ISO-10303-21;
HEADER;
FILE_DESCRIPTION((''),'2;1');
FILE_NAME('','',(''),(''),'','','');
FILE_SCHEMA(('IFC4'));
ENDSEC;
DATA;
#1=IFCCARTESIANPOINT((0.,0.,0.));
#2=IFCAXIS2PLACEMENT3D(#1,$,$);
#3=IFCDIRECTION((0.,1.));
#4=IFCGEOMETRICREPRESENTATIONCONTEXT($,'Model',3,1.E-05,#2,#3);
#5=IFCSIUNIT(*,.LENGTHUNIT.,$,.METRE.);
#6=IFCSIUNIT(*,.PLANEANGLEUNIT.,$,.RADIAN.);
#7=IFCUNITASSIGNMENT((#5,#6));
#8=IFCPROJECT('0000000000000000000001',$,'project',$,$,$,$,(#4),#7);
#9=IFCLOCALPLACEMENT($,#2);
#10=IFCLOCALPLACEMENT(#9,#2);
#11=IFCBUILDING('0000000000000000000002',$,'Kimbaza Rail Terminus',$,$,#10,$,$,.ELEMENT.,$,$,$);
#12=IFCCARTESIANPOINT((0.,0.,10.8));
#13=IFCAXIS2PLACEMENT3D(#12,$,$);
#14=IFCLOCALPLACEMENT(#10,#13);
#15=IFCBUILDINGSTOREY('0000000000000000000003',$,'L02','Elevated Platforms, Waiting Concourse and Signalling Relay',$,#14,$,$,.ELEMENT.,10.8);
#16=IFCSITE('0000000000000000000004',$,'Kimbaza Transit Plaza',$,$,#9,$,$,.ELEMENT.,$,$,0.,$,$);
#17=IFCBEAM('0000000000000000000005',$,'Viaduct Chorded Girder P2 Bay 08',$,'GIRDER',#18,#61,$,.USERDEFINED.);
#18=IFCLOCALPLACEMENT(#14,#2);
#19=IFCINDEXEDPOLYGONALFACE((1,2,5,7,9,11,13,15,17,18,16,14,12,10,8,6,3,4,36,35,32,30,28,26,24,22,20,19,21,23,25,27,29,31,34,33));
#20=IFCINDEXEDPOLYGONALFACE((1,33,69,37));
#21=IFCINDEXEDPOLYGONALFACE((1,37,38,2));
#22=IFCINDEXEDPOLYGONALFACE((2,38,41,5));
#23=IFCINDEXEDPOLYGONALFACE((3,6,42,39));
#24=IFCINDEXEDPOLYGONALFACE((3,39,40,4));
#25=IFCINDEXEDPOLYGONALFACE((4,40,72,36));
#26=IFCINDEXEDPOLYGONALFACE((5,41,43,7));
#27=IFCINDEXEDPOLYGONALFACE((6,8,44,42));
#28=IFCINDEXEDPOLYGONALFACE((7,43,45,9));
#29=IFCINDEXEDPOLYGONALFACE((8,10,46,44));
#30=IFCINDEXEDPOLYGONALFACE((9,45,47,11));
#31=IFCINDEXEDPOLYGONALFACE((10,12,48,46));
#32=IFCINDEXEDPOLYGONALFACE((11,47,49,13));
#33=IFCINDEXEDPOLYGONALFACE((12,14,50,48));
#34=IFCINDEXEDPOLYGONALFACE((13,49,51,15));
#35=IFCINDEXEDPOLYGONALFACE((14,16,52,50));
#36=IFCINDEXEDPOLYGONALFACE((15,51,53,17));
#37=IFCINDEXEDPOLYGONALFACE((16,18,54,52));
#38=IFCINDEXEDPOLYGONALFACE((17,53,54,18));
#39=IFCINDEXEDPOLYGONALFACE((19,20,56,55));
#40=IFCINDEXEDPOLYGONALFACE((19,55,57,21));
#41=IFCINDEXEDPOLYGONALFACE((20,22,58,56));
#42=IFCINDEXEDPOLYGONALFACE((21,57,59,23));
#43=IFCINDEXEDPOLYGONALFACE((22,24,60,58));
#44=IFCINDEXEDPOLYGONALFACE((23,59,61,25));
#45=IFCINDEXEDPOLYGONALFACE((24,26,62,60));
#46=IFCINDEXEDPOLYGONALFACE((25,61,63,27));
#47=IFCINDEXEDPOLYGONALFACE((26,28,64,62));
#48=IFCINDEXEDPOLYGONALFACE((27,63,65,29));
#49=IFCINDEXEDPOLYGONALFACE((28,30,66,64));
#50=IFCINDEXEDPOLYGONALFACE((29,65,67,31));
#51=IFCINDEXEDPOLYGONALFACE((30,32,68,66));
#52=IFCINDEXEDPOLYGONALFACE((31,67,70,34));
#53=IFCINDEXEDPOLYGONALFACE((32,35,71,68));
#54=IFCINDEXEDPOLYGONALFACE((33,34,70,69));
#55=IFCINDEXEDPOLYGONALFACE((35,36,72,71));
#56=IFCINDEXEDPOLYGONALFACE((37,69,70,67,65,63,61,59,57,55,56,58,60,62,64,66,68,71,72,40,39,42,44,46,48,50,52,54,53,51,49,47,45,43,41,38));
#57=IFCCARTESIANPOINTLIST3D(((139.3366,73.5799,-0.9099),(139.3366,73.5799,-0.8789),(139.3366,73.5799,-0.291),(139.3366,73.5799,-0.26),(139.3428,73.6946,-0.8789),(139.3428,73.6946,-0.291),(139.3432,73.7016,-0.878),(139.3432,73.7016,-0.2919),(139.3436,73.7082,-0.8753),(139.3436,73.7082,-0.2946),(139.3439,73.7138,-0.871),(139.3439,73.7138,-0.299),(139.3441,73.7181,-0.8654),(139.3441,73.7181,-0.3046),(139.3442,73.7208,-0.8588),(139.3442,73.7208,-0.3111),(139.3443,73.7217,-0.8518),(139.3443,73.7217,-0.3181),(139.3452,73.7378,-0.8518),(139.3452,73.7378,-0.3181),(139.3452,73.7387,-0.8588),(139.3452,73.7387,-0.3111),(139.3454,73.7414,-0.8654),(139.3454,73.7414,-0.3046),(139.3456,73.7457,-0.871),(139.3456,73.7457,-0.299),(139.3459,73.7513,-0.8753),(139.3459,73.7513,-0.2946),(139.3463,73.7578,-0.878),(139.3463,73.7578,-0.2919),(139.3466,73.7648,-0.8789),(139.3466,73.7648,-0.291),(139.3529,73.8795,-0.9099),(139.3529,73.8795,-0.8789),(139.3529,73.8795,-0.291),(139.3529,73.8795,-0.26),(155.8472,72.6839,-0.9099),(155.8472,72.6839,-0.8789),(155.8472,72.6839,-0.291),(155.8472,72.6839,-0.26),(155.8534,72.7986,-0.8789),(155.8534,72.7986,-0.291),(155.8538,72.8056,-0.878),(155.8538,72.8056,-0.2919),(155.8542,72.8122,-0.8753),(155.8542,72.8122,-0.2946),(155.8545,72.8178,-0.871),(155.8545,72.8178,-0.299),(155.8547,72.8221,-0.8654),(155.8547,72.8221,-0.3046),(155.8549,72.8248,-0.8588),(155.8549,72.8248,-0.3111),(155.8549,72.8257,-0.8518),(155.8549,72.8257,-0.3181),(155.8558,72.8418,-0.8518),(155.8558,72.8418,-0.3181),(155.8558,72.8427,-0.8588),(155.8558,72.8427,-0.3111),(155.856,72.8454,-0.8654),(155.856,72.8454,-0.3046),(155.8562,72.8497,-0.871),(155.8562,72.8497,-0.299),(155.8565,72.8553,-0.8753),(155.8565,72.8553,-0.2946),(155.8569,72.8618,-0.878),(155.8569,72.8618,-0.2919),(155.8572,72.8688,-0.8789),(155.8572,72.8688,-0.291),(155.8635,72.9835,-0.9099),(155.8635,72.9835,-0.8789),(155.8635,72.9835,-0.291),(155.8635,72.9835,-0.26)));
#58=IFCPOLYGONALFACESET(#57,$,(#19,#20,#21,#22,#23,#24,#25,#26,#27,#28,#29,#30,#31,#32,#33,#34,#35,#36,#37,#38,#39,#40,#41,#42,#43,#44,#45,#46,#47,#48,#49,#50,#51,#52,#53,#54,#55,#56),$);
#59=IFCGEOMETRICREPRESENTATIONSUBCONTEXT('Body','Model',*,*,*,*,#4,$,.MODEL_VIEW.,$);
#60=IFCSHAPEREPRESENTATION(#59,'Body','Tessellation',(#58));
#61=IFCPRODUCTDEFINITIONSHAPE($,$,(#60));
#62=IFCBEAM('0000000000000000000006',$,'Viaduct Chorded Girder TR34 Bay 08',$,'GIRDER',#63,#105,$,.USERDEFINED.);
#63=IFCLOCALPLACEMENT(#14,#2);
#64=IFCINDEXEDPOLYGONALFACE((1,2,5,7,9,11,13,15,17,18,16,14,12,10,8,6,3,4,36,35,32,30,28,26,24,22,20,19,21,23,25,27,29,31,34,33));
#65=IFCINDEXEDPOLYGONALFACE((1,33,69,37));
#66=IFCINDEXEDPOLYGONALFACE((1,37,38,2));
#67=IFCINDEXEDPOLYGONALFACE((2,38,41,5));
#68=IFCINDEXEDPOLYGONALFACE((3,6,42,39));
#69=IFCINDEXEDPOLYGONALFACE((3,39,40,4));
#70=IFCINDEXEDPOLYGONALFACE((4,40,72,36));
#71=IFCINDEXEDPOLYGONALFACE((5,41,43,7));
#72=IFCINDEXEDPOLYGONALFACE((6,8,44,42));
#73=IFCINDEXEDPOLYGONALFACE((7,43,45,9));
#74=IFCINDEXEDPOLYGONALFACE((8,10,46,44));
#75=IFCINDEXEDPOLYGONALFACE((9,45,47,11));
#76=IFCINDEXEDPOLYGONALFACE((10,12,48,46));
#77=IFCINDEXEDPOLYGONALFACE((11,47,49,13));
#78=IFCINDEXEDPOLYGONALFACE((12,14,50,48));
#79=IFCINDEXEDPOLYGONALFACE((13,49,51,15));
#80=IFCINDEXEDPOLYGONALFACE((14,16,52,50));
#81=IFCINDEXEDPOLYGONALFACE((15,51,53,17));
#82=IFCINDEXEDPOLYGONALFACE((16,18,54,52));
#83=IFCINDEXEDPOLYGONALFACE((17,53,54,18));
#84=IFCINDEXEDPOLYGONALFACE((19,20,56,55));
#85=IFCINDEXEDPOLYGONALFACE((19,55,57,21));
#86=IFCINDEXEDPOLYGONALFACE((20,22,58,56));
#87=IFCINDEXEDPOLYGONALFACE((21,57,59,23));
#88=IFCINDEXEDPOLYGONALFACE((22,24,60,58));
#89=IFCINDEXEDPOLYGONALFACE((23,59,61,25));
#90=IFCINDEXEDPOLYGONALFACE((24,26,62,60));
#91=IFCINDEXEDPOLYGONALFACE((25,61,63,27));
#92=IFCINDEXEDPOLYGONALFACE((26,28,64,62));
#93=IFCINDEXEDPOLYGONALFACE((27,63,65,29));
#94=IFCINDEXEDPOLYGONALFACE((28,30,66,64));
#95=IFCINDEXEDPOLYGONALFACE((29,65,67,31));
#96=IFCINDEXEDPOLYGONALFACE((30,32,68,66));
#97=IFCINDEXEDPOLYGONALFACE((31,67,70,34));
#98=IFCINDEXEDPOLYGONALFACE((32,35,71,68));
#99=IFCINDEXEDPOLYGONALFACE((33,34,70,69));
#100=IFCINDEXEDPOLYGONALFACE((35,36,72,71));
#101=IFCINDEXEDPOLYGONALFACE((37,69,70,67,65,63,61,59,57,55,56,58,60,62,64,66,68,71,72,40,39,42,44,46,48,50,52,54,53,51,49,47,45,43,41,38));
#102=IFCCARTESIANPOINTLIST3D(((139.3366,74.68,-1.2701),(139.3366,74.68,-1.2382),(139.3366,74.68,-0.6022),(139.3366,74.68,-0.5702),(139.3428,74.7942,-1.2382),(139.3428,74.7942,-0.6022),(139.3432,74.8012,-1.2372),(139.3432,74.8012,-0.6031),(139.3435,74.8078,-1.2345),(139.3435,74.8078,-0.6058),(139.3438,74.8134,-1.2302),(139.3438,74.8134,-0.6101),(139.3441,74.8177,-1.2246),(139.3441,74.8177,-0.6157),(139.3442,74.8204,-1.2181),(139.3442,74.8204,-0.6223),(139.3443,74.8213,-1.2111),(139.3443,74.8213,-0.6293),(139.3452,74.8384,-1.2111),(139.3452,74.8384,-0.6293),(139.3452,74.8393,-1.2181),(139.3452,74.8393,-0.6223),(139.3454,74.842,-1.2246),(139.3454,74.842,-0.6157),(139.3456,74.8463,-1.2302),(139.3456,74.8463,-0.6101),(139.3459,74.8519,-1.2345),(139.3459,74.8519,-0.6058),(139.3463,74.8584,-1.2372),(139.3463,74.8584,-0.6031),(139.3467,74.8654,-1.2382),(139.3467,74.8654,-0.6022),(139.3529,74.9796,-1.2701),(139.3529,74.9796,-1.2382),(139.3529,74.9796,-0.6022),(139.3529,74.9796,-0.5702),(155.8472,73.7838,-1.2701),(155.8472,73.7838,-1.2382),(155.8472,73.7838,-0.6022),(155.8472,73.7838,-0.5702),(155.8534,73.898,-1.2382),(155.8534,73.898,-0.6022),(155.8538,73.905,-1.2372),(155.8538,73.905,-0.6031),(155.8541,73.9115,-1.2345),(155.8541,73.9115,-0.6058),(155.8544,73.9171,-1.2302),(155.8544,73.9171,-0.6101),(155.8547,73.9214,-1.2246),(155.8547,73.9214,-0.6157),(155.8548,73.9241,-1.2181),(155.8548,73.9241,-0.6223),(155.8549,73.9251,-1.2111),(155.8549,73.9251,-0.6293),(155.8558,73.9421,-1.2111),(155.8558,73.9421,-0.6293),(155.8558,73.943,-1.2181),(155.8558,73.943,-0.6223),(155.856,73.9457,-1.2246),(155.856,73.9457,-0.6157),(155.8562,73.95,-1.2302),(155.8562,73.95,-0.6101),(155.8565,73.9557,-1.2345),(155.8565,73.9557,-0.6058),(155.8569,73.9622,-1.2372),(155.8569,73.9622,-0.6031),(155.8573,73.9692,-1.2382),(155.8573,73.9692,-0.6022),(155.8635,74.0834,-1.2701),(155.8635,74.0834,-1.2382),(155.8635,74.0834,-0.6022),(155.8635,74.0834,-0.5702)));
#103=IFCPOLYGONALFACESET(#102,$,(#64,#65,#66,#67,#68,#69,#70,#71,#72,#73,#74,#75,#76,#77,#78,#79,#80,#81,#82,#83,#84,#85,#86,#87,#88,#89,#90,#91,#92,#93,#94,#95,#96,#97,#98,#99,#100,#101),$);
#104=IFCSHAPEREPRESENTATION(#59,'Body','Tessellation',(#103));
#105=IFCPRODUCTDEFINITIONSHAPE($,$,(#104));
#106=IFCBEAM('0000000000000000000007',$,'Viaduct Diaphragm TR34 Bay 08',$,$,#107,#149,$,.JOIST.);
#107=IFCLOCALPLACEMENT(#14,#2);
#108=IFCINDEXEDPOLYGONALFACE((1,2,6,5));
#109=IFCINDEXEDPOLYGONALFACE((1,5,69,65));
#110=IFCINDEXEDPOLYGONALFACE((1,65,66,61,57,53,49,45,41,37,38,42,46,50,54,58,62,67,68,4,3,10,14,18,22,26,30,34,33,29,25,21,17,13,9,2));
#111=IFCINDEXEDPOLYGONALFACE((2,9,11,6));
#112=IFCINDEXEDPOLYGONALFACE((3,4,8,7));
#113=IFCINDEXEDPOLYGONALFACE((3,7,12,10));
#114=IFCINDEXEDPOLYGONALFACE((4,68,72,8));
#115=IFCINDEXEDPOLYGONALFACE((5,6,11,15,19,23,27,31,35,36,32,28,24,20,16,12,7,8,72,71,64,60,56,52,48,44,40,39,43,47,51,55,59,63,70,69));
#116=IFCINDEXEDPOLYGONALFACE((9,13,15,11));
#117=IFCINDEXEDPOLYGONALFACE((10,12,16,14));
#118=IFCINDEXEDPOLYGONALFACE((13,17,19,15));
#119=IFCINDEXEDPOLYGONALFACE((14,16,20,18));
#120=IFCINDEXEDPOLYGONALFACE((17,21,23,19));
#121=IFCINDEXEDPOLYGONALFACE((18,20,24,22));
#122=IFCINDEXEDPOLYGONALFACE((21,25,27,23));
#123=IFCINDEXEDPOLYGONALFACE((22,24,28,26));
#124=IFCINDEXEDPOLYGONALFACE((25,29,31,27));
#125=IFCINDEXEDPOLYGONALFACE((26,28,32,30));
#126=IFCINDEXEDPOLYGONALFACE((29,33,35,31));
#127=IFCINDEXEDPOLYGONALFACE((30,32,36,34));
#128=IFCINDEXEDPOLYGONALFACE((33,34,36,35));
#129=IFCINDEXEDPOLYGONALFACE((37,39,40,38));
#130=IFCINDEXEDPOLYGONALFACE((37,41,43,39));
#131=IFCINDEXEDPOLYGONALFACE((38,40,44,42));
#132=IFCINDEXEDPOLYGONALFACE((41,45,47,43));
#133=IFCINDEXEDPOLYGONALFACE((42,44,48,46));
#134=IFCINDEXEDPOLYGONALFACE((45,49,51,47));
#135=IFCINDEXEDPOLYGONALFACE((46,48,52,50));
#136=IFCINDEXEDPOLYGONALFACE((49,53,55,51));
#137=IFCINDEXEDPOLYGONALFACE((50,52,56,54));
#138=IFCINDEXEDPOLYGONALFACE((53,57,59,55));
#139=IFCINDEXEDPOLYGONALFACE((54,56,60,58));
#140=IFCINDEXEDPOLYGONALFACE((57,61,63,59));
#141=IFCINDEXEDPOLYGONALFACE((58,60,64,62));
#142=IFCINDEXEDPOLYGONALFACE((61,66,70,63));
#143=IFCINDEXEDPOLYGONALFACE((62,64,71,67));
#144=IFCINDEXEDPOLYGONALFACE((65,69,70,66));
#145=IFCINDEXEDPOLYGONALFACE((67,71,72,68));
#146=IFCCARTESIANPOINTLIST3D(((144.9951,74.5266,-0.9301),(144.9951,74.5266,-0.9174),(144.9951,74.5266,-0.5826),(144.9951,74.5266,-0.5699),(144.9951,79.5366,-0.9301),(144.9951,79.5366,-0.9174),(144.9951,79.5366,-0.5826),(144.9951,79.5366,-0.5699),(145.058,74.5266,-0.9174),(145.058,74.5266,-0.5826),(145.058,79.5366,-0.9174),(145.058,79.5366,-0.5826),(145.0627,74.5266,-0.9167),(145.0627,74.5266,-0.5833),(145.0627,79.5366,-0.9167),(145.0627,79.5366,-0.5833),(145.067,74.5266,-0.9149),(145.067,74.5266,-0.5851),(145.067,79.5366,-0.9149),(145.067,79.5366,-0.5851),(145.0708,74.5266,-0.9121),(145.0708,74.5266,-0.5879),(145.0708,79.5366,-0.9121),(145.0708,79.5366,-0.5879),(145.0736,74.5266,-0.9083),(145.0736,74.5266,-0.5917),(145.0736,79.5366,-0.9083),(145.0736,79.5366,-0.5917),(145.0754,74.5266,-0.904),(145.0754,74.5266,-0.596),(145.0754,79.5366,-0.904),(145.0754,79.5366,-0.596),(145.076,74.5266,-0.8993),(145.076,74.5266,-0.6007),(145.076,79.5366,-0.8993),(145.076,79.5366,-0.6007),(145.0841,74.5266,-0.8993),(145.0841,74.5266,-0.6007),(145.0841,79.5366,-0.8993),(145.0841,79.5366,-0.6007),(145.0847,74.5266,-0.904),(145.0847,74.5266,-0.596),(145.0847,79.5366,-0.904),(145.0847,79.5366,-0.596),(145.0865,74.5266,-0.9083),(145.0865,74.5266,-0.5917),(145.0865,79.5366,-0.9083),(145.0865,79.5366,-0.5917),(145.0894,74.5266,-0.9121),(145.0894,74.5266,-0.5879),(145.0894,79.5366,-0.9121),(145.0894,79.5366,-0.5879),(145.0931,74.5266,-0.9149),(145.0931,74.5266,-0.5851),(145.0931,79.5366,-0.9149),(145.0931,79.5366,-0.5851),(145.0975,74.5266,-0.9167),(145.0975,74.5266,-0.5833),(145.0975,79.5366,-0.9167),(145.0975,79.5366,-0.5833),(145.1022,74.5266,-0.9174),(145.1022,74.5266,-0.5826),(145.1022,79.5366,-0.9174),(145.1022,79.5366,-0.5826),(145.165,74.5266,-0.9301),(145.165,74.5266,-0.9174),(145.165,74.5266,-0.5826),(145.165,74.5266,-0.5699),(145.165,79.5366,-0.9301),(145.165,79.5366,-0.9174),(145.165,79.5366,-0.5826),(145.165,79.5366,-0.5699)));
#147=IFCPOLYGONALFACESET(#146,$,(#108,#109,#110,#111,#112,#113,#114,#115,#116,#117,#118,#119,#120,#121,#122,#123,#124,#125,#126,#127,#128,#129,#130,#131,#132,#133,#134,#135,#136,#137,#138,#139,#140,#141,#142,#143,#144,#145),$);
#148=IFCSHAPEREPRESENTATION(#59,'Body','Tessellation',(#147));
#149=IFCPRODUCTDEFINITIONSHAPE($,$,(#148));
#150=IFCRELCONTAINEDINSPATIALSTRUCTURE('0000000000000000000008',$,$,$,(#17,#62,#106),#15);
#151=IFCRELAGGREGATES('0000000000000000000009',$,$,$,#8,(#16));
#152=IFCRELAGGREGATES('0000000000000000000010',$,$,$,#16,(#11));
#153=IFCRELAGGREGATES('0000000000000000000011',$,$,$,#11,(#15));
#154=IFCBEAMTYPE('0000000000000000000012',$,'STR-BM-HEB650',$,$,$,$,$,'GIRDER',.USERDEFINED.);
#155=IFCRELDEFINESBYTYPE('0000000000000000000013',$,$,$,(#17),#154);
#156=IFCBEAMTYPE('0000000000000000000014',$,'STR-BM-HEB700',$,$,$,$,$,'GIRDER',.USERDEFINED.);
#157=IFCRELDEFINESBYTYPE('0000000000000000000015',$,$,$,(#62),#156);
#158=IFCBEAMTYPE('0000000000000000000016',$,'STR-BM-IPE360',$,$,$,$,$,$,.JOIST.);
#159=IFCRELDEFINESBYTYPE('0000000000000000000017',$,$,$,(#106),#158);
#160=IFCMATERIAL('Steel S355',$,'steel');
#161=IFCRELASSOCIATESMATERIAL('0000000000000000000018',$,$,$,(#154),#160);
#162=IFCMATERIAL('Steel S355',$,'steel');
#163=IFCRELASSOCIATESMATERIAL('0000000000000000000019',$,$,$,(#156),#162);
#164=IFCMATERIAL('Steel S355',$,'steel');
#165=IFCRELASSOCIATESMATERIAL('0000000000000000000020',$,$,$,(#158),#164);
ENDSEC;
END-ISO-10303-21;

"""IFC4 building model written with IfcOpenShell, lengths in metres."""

from ifc_helpers import new_model, si_unit, direction, frame, origin, origin_2d, place, context, subcontext, project, spatial, i_section, extrude, material, material_profile, profile_set, type_object, element, save


model = new_model("IFC4")

# Units and contexts
model_context = context("Model", 3, precision=1e-05, world=origin(), true_north=direction((0.0, 1.0)))
body_context = subcontext(model_context, "Body", "Model", "MODEL_VIEW")
ifc_project = project(units=[si_unit("LENGTHUNIT", "METRE"), si_unit("PLANEANGLEUNIT", "RADIAN")], contexts=[model_context])

# Site, building, storey
site_placement = place(None, origin())
site = spatial("IfcSite", under=ifc_project, at=site_placement, Name="Kimbaza Transit Plaza", CompositionType="ELEMENT", RefElevation=0.0)
building_placement = place(site_placement, origin())
building = spatial("IfcBuilding", under=site, at=building_placement, Name="Kimbaza Rail Terminus", CompositionType="ELEMENT")
storey_placement = place(building_placement, frame((0.0, 0.0, 10.8)))
storey = spatial("IfcBuildingStorey", under=building, at=storey_placement, Name="L02", Description="Elevated Platforms, Waiting Concourse and Signalling Relay", CompositionType="ELEMENT", Elevation=10.8)

# Beams
ifc_material_1 = material(Name="Steel S355", Category="steel")
ifc_material_profile_1 = material_profile(ifc_material_1, i_section(OverallWidth=0.3, OverallDepth=0.6499, WebThickness=0.0161, FlangeThickness=0.031, FilletRadius=0.0271, at=origin_2d()), Name="HEB 650")
ifc_profile_set_1 = profile_set([ifc_material_profile_1], Name="Steel S355")
beam_type_1 = type_object("IfcBeamType", Name="STR-BM-HEB650", ElementType="GIRDER", PredefinedType="USERDEFINED", material=ifc_profile_set_1)
beam_1_placement = place(storey_placement, frame((139.3447, 73.7297, -0.585), z_axis=(0.998531, -0.054189, 0.0), x_axis=(0.054189, 0.998531, 0.0)))
element("IfcBeam", 1, at=beam_1_placement, inside=storey, type_object=beam_type_1, Name="Viaduct Chorded Girder P2 Bay 08", ObjectType="GIRDER", PredefinedType="USERDEFINED", context=body_context, shape_type="SweptSolid", body=[
    extrude(i_section(OverallWidth=0.3, OverallDepth=0.6499, WebThickness=0.0161, FlangeThickness=0.031, FilletRadius=0.0271, at=origin_2d()), origin(), (0.0, 0.0, 1.0), 16.5349),
])
ifc_material_2 = material(Name="Steel S355", Category="steel")
ifc_material_profile_2 = material_profile(ifc_material_2, i_section(OverallWidth=0.3, OverallDepth=0.7, WebThickness=0.0171, FlangeThickness=0.032, FilletRadius=0.0271, at=origin_2d()), Name="HEB 700")
ifc_profile_set_2 = profile_set([ifc_material_profile_2], Name="Steel S355")
beam_type_2 = type_object("IfcBeamType", Name="STR-BM-HEB700", ElementType="GIRDER", PredefinedType="USERDEFINED", material=ifc_profile_set_2)
beam_2_placement = place(storey_placement, frame((139.3447, 74.8298, -0.9202), z_axis=(0.99853, -0.054203, 0.0), x_axis=(0.054203, 0.99853, 0.0)))
element("IfcBeam", 2, at=beam_2_placement, inside=storey, type_object=beam_type_2, Name="Viaduct Chorded Girder TR34 Bay 08", ObjectType="GIRDER", PredefinedType="USERDEFINED", context=body_context, shape_type="SweptSolid", body=[
    extrude(i_section(OverallWidth=0.3, OverallDepth=0.7, WebThickness=0.0171, FlangeThickness=0.032, FilletRadius=0.0271, at=origin_2d()), origin(), (0.0, 0.0, 1.0), 16.5349),
])
ifc_material_3 = material(Name="Steel S355", Category="steel")
ifc_material_profile_3 = material_profile(ifc_material_3, i_section(OverallWidth=0.1699, OverallDepth=0.3601, WebThickness=0.0081, FlangeThickness=0.0127, FilletRadius=0.0181, at=origin_2d()), Name="IPE 360")
ifc_profile_set_3 = profile_set([ifc_material_profile_3], Name="Steel S355")
beam_type_3 = type_object("IfcBeamType", Name="STR-BM-IPE360", PredefinedType="JOIST", material=ifc_profile_set_3)
beam_3_placement = place(storey_placement, frame((145.0801, 74.5266, -0.75), z_axis=(0.0, 1.0, 0.0), x_axis=(-1.0, 0.0, 0.0)))
element("IfcBeam", 3, at=beam_3_placement, inside=storey, type_object=beam_type_3, Name="Viaduct Diaphragm TR34 Bay 08", PredefinedType="JOIST", context=body_context, shape_type="SweptSolid", body=[
    extrude(i_section(OverallWidth=0.1699, OverallDepth=0.3601, WebThickness=0.0081, FlangeThickness=0.0127, FilletRadius=0.0181, at=origin_2d()), origin(), (0.0, 0.0, 1.0), 5.01),
])

save(model, "model.ifc")
